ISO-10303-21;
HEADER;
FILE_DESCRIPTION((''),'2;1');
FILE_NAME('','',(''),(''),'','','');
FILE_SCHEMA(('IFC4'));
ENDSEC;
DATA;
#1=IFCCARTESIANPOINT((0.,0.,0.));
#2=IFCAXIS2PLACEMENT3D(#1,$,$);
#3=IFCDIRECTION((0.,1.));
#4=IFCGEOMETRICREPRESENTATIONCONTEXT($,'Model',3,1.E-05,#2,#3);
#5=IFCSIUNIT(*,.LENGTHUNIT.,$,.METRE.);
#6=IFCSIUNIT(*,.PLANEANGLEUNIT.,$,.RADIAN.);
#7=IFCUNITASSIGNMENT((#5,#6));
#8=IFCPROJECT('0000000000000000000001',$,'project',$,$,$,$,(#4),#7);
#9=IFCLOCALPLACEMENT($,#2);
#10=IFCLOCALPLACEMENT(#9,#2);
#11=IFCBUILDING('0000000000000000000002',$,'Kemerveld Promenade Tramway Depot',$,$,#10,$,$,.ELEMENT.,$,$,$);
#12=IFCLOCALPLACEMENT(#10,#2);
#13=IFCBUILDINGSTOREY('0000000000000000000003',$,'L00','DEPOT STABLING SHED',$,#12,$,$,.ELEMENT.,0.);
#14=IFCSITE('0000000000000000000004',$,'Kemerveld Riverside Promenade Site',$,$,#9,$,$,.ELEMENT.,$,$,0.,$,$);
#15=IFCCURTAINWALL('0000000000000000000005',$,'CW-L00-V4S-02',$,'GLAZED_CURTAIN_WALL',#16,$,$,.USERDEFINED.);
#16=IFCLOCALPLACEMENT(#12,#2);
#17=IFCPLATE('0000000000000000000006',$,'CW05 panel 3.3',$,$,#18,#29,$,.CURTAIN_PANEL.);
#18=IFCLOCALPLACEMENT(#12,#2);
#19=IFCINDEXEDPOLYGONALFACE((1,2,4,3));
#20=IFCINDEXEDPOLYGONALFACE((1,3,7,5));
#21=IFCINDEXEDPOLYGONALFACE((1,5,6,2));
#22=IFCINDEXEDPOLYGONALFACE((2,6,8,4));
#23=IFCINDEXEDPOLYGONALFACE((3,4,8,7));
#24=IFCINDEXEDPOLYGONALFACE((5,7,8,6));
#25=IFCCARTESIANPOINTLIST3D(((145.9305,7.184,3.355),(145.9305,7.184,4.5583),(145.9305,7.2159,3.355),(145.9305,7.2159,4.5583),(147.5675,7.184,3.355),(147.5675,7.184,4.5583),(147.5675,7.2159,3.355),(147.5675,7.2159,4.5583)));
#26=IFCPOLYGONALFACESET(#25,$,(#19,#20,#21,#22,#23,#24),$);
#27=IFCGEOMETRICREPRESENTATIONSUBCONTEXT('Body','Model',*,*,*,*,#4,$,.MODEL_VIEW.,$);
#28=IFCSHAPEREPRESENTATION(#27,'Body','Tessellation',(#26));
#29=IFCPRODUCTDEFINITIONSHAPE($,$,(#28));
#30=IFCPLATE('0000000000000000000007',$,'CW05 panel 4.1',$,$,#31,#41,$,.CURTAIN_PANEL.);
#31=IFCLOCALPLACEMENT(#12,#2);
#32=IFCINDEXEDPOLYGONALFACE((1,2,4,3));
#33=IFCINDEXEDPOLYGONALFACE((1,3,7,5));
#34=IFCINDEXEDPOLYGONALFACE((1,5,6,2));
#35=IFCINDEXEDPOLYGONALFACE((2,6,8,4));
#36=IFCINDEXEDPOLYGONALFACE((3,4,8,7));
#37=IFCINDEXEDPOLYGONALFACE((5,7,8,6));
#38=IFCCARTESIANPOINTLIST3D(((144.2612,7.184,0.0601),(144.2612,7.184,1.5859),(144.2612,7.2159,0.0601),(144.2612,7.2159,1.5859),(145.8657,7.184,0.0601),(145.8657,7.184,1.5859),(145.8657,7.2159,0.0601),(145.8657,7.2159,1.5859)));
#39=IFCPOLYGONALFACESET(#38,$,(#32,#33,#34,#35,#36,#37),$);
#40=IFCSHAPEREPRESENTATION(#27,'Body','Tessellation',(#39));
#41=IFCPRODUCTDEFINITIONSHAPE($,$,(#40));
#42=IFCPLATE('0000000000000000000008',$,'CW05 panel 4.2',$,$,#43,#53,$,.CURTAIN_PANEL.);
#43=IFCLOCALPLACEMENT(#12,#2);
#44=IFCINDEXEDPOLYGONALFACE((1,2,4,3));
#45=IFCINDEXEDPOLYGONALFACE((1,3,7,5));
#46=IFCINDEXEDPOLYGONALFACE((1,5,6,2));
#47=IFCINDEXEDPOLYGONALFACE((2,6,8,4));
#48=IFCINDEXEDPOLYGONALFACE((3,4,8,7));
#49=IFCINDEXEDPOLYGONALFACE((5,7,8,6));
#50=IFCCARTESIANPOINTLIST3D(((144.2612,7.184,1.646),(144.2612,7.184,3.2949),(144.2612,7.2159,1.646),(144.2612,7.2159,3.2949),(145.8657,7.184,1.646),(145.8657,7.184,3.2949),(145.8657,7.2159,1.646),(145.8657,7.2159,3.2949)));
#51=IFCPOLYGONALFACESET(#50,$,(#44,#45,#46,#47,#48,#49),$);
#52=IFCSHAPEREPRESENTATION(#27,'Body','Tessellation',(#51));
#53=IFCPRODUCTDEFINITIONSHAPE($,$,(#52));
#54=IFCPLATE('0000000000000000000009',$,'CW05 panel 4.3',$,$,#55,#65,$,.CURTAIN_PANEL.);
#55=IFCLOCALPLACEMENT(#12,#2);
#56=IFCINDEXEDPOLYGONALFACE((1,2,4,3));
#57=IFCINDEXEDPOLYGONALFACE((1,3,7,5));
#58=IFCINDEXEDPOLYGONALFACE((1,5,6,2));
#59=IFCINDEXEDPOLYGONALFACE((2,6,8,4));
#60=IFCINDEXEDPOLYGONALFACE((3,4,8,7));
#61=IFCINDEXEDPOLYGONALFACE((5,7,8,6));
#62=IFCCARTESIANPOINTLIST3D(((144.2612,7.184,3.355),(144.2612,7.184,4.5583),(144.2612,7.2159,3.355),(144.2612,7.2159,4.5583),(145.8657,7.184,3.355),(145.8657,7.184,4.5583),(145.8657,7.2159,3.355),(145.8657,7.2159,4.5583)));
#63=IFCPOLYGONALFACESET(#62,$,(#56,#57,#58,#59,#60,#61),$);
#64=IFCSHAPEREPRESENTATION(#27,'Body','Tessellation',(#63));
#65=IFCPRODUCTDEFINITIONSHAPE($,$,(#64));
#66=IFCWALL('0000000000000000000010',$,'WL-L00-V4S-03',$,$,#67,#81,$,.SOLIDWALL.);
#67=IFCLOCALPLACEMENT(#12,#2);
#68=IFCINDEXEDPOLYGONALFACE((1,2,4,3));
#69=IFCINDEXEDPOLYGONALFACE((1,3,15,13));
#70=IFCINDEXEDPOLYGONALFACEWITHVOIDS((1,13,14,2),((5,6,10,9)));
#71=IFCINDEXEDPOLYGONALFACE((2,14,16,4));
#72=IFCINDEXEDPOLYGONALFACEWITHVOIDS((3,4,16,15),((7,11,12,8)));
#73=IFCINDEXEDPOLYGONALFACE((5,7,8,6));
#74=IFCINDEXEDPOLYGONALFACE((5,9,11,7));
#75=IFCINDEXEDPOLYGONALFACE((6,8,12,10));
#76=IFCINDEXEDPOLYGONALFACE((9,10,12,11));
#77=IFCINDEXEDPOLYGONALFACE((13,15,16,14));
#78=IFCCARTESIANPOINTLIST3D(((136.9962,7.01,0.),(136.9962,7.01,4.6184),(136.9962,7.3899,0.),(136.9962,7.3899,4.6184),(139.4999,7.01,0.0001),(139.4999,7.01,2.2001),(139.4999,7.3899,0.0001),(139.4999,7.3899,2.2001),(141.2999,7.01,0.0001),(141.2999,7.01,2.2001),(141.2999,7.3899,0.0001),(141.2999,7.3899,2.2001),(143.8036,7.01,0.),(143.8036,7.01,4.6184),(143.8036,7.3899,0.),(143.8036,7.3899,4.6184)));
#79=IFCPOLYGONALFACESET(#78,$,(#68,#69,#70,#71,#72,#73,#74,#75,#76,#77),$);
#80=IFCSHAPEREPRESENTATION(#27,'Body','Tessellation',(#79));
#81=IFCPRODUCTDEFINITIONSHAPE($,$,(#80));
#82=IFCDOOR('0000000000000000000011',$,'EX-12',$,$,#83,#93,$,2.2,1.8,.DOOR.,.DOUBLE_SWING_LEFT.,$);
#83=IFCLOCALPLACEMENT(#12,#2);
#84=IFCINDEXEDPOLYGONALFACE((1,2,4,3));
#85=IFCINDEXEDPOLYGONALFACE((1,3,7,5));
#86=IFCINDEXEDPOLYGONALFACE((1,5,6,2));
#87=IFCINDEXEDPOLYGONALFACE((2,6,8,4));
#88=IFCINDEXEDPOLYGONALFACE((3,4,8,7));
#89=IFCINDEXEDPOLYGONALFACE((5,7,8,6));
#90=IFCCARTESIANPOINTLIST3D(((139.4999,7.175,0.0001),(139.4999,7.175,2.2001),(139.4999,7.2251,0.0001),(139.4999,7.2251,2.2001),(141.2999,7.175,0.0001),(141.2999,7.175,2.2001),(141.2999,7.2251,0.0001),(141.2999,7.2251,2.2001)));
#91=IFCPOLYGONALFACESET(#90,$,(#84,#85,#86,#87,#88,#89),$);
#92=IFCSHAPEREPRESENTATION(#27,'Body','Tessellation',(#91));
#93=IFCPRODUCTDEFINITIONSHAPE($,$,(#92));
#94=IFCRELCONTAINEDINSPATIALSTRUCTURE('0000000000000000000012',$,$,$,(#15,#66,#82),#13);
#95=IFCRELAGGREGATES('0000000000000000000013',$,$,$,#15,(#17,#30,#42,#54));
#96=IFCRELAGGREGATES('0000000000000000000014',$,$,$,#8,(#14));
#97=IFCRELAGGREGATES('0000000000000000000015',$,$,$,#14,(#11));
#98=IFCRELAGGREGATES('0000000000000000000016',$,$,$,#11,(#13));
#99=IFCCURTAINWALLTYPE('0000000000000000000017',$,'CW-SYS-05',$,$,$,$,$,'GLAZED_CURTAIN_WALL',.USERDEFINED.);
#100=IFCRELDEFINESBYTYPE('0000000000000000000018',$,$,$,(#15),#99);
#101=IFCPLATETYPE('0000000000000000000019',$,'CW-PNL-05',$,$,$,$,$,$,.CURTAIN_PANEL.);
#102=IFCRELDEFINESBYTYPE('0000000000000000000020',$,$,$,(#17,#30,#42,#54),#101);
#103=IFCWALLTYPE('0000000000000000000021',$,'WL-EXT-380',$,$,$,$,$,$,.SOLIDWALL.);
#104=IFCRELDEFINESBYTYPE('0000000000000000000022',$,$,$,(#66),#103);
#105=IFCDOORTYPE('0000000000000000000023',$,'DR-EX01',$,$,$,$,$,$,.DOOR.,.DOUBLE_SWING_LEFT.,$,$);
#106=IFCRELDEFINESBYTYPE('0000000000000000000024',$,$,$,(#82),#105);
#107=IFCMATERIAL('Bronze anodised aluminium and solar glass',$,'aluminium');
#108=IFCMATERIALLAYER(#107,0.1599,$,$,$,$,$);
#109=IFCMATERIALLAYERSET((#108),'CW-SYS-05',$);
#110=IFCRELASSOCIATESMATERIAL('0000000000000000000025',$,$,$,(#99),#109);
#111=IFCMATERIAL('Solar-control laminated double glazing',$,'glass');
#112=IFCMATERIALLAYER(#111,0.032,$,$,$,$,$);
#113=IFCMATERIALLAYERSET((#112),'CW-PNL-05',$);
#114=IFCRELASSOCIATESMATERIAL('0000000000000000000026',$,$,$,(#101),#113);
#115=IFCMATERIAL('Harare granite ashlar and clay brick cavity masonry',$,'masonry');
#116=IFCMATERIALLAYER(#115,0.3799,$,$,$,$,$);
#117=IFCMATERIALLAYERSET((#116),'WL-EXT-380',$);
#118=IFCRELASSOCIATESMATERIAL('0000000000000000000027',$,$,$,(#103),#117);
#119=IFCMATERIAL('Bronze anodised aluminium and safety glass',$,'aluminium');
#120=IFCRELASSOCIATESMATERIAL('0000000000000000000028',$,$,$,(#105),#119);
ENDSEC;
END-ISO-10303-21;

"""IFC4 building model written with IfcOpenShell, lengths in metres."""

from ifc_helpers import new_model, si_unit, direction, frame, frame_2d, origin, origin_2d, place, context, subcontext, project, spatial, rectangle, extrude, material, layer, layer_set, type_object, element, fill, aggregate, save


model = new_model("IFC4")

# Units and contexts
model_context = context("Model", 3, precision=1e-05, world=origin(), true_north=direction((0.0, 1.0)))
body_context = subcontext(model_context, "Body", "Model", "MODEL_VIEW")
ifc_project = project(units=[si_unit("LENGTHUNIT", "METRE"), si_unit("PLANEANGLEUNIT", "RADIAN")], contexts=[model_context])

# Site, building, storey
site_placement = place(None, origin())
site = spatial("IfcSite", under=ifc_project, at=site_placement, Name="Kemerveld Riverside Promenade Site", CompositionType="ELEMENT", RefElevation=0.0)
building_placement = place(site_placement, origin())
building = spatial("IfcBuilding", under=site, at=building_placement, Name="Kemerveld Promenade Tramway Depot", CompositionType="ELEMENT")
storey_placement = place(building_placement, origin())
storey = spatial("IfcBuildingStorey", under=building, at=storey_placement, Name="L00", Description="DEPOT STABLING SHED", CompositionType="ELEMENT", Elevation=0.0)

# Curtain wall, plates
ifc_material_1 = material(Name="Bronze anodised aluminium and solar glass", Category="aluminium")
ifc_layer_1 = layer(ifc_material_1, 0.1599)
ifc_layer_set_1 = layer_set([ifc_layer_1], Name="CW-SYS-05")
curtain_wall_type = type_object("IfcCurtainWallType", Name="CW-SYS-05", ElementType="GLAZED_CURTAIN_WALL", PredefinedType="USERDEFINED", material=ifc_layer_set_1)
curtain_wall_placement = place(storey_placement, origin())
curtain_wall = element("IfcCurtainWall", 1, at=curtain_wall_placement, inside=storey, type_object=curtain_wall_type, Name="CW-L00-V4S-02", ObjectType="GLAZED_CURTAIN_WALL", PredefinedType="USERDEFINED")
ifc_material_2 = material(Name="Solar-control laminated double glazing", Category="glass")
ifc_layer_2 = layer(ifc_material_2, 0.032)
ifc_layer_set_2 = layer_set([ifc_layer_2], Name="CW-PNL-05")
plate_type = type_object("IfcPlateType", Name="CW-PNL-05", PredefinedType="CURTAIN_PANEL", material=ifc_layer_set_2)
plate_1_placement = place(storey_placement, frame((146.749, 7.2, 3.355), z_axis=(0.0, 0.0, 1.0), x_axis=(-1.0, 0.0, 0.0)))
plate_1 = element("IfcPlate", 2, at=plate_1_placement, type_object=plate_type, Name="CW05 panel 3.3", PredefinedType="CURTAIN_PANEL", context=body_context, shape_type="SweptSolid", body=[
    extrude(rectangle(XDim=1.637, YDim=0.032, at=origin_2d()), origin(), (0.0, 0.0, 1.0), 1.2034),
])
plate_2_placement = place(storey_placement, frame((145.0635, 7.2, 0.0601), z_axis=(0.0, 0.0, 1.0), x_axis=(-1.0, 0.0, 0.0)))
plate_2 = element("IfcPlate", 3, at=plate_2_placement, type_object=plate_type, Name="CW05 panel 4.1", PredefinedType="CURTAIN_PANEL", context=body_context, shape_type="SweptSolid", body=[
    extrude(rectangle(XDim=1.6045, YDim=0.032, at=origin_2d()), origin(), (0.0, 0.0, 1.0), 1.5259),
])
plate_3_placement = place(storey_placement, frame((145.0635, 7.2, 1.646), z_axis=(0.0, 0.0, 1.0), x_axis=(-1.0, 0.0, 0.0)))
plate_3 = element("IfcPlate", 4, at=plate_3_placement, type_object=plate_type, Name="CW05 panel 4.2", PredefinedType="CURTAIN_PANEL", context=body_context, shape_type="SweptSolid", body=[
    extrude(rectangle(XDim=1.6045, YDim=0.032, at=origin_2d()), origin(), (0.0, 0.0, 1.0), 1.6489),
])
plate_4_placement = place(storey_placement, frame((145.0635, 7.2, 3.355), z_axis=(0.0, 0.0, 1.0), x_axis=(-1.0, 0.0, 0.0)))
plate_4 = element("IfcPlate", 5, at=plate_4_placement, type_object=plate_type, Name="CW05 panel 4.3", PredefinedType="CURTAIN_PANEL", context=body_context, shape_type="SweptSolid", body=[
    extrude(rectangle(XDim=1.6045, YDim=0.032, at=origin_2d()), origin(), (0.0, 0.0, 1.0), 1.2034),
])
aggregate(curtain_wall, [plate_1, plate_2, plate_3, plate_4])

# Wall, opening, door
ifc_material_3 = material(Name="Harare granite ashlar and clay brick cavity masonry", Category="masonry")
ifc_layer_3 = layer(ifc_material_3, 0.3799)
ifc_layer_set_3 = layer_set([ifc_layer_3], Name="WL-EXT-380")
wall_type = type_object("IfcWallType", Name="WL-EXT-380", PredefinedType="SOLIDWALL", material=ifc_layer_set_3)
wall_placement = place(storey_placement, frame((143.8037, 7.2, 0.0), z_axis=(0.0, 0.0, 1.0), x_axis=(-1.0, 0.0, 0.0)))
wall = element("IfcWall", 6, at=wall_placement, inside=storey, type_object=wall_type, Name="WL-L00-V4S-03", PredefinedType="SOLIDWALL", context=body_context, shape_type="SweptSolid", body=[
    extrude(rectangle(XDim=6.8074, YDim=0.3799, at=frame_2d((3.4038, 0.0))), origin(), (0.0, 0.0, 1.0), 4.6184),
])
opening_placement = place(wall_placement, frame((2.5039, 0.0, 0.0)))
opening = element("IfcOpeningElement", 7, at=opening_placement, cuts=wall, PredefinedType="OPENING", context=body_context, shape_type="SweptSolid", body=[
    extrude(rectangle(XDim=1.8, YDim=2.2, at=frame_2d((0.8999, 1.1001))), frame((0.0, 0.2, 0.0), z_axis=(0.0, -1.0, 0.0), x_axis=(1.0, 0.0, 0.0)), (0.0, 0.0, 1.0), 0.3999),
])
ifc_material_4 = material(Name="Bronze anodised aluminium and safety glass", Category="aluminium")
door_type = type_object("IfcDoorType", Name="DR-EX01", OperationType="DOUBLE_SWING_LEFT", PredefinedType="DOOR", material=ifc_material_4)
door_placement = place(opening_placement, origin())
door = element("IfcDoor", 8, at=door_placement, inside=storey, type_object=door_type, Name="EX-12", OperationType="DOUBLE_SWING_LEFT", OverallHeight=2.2, OverallWidth=1.8, PredefinedType="DOOR", context=body_context, shape_type="SweptSolid", body=[
    extrude(rectangle(XDim=1.8, YDim=2.2, at=frame_2d((0.8999, 1.1001))), frame((0.0, 0.0249, 0.0), z_axis=(0.0, -1.0, 0.0), x_axis=(1.0, 0.0, 0.0)), (0.0, 0.0, 1.0), 0.05),
])
fill(opening, door)

save(model, "model.ifc")
